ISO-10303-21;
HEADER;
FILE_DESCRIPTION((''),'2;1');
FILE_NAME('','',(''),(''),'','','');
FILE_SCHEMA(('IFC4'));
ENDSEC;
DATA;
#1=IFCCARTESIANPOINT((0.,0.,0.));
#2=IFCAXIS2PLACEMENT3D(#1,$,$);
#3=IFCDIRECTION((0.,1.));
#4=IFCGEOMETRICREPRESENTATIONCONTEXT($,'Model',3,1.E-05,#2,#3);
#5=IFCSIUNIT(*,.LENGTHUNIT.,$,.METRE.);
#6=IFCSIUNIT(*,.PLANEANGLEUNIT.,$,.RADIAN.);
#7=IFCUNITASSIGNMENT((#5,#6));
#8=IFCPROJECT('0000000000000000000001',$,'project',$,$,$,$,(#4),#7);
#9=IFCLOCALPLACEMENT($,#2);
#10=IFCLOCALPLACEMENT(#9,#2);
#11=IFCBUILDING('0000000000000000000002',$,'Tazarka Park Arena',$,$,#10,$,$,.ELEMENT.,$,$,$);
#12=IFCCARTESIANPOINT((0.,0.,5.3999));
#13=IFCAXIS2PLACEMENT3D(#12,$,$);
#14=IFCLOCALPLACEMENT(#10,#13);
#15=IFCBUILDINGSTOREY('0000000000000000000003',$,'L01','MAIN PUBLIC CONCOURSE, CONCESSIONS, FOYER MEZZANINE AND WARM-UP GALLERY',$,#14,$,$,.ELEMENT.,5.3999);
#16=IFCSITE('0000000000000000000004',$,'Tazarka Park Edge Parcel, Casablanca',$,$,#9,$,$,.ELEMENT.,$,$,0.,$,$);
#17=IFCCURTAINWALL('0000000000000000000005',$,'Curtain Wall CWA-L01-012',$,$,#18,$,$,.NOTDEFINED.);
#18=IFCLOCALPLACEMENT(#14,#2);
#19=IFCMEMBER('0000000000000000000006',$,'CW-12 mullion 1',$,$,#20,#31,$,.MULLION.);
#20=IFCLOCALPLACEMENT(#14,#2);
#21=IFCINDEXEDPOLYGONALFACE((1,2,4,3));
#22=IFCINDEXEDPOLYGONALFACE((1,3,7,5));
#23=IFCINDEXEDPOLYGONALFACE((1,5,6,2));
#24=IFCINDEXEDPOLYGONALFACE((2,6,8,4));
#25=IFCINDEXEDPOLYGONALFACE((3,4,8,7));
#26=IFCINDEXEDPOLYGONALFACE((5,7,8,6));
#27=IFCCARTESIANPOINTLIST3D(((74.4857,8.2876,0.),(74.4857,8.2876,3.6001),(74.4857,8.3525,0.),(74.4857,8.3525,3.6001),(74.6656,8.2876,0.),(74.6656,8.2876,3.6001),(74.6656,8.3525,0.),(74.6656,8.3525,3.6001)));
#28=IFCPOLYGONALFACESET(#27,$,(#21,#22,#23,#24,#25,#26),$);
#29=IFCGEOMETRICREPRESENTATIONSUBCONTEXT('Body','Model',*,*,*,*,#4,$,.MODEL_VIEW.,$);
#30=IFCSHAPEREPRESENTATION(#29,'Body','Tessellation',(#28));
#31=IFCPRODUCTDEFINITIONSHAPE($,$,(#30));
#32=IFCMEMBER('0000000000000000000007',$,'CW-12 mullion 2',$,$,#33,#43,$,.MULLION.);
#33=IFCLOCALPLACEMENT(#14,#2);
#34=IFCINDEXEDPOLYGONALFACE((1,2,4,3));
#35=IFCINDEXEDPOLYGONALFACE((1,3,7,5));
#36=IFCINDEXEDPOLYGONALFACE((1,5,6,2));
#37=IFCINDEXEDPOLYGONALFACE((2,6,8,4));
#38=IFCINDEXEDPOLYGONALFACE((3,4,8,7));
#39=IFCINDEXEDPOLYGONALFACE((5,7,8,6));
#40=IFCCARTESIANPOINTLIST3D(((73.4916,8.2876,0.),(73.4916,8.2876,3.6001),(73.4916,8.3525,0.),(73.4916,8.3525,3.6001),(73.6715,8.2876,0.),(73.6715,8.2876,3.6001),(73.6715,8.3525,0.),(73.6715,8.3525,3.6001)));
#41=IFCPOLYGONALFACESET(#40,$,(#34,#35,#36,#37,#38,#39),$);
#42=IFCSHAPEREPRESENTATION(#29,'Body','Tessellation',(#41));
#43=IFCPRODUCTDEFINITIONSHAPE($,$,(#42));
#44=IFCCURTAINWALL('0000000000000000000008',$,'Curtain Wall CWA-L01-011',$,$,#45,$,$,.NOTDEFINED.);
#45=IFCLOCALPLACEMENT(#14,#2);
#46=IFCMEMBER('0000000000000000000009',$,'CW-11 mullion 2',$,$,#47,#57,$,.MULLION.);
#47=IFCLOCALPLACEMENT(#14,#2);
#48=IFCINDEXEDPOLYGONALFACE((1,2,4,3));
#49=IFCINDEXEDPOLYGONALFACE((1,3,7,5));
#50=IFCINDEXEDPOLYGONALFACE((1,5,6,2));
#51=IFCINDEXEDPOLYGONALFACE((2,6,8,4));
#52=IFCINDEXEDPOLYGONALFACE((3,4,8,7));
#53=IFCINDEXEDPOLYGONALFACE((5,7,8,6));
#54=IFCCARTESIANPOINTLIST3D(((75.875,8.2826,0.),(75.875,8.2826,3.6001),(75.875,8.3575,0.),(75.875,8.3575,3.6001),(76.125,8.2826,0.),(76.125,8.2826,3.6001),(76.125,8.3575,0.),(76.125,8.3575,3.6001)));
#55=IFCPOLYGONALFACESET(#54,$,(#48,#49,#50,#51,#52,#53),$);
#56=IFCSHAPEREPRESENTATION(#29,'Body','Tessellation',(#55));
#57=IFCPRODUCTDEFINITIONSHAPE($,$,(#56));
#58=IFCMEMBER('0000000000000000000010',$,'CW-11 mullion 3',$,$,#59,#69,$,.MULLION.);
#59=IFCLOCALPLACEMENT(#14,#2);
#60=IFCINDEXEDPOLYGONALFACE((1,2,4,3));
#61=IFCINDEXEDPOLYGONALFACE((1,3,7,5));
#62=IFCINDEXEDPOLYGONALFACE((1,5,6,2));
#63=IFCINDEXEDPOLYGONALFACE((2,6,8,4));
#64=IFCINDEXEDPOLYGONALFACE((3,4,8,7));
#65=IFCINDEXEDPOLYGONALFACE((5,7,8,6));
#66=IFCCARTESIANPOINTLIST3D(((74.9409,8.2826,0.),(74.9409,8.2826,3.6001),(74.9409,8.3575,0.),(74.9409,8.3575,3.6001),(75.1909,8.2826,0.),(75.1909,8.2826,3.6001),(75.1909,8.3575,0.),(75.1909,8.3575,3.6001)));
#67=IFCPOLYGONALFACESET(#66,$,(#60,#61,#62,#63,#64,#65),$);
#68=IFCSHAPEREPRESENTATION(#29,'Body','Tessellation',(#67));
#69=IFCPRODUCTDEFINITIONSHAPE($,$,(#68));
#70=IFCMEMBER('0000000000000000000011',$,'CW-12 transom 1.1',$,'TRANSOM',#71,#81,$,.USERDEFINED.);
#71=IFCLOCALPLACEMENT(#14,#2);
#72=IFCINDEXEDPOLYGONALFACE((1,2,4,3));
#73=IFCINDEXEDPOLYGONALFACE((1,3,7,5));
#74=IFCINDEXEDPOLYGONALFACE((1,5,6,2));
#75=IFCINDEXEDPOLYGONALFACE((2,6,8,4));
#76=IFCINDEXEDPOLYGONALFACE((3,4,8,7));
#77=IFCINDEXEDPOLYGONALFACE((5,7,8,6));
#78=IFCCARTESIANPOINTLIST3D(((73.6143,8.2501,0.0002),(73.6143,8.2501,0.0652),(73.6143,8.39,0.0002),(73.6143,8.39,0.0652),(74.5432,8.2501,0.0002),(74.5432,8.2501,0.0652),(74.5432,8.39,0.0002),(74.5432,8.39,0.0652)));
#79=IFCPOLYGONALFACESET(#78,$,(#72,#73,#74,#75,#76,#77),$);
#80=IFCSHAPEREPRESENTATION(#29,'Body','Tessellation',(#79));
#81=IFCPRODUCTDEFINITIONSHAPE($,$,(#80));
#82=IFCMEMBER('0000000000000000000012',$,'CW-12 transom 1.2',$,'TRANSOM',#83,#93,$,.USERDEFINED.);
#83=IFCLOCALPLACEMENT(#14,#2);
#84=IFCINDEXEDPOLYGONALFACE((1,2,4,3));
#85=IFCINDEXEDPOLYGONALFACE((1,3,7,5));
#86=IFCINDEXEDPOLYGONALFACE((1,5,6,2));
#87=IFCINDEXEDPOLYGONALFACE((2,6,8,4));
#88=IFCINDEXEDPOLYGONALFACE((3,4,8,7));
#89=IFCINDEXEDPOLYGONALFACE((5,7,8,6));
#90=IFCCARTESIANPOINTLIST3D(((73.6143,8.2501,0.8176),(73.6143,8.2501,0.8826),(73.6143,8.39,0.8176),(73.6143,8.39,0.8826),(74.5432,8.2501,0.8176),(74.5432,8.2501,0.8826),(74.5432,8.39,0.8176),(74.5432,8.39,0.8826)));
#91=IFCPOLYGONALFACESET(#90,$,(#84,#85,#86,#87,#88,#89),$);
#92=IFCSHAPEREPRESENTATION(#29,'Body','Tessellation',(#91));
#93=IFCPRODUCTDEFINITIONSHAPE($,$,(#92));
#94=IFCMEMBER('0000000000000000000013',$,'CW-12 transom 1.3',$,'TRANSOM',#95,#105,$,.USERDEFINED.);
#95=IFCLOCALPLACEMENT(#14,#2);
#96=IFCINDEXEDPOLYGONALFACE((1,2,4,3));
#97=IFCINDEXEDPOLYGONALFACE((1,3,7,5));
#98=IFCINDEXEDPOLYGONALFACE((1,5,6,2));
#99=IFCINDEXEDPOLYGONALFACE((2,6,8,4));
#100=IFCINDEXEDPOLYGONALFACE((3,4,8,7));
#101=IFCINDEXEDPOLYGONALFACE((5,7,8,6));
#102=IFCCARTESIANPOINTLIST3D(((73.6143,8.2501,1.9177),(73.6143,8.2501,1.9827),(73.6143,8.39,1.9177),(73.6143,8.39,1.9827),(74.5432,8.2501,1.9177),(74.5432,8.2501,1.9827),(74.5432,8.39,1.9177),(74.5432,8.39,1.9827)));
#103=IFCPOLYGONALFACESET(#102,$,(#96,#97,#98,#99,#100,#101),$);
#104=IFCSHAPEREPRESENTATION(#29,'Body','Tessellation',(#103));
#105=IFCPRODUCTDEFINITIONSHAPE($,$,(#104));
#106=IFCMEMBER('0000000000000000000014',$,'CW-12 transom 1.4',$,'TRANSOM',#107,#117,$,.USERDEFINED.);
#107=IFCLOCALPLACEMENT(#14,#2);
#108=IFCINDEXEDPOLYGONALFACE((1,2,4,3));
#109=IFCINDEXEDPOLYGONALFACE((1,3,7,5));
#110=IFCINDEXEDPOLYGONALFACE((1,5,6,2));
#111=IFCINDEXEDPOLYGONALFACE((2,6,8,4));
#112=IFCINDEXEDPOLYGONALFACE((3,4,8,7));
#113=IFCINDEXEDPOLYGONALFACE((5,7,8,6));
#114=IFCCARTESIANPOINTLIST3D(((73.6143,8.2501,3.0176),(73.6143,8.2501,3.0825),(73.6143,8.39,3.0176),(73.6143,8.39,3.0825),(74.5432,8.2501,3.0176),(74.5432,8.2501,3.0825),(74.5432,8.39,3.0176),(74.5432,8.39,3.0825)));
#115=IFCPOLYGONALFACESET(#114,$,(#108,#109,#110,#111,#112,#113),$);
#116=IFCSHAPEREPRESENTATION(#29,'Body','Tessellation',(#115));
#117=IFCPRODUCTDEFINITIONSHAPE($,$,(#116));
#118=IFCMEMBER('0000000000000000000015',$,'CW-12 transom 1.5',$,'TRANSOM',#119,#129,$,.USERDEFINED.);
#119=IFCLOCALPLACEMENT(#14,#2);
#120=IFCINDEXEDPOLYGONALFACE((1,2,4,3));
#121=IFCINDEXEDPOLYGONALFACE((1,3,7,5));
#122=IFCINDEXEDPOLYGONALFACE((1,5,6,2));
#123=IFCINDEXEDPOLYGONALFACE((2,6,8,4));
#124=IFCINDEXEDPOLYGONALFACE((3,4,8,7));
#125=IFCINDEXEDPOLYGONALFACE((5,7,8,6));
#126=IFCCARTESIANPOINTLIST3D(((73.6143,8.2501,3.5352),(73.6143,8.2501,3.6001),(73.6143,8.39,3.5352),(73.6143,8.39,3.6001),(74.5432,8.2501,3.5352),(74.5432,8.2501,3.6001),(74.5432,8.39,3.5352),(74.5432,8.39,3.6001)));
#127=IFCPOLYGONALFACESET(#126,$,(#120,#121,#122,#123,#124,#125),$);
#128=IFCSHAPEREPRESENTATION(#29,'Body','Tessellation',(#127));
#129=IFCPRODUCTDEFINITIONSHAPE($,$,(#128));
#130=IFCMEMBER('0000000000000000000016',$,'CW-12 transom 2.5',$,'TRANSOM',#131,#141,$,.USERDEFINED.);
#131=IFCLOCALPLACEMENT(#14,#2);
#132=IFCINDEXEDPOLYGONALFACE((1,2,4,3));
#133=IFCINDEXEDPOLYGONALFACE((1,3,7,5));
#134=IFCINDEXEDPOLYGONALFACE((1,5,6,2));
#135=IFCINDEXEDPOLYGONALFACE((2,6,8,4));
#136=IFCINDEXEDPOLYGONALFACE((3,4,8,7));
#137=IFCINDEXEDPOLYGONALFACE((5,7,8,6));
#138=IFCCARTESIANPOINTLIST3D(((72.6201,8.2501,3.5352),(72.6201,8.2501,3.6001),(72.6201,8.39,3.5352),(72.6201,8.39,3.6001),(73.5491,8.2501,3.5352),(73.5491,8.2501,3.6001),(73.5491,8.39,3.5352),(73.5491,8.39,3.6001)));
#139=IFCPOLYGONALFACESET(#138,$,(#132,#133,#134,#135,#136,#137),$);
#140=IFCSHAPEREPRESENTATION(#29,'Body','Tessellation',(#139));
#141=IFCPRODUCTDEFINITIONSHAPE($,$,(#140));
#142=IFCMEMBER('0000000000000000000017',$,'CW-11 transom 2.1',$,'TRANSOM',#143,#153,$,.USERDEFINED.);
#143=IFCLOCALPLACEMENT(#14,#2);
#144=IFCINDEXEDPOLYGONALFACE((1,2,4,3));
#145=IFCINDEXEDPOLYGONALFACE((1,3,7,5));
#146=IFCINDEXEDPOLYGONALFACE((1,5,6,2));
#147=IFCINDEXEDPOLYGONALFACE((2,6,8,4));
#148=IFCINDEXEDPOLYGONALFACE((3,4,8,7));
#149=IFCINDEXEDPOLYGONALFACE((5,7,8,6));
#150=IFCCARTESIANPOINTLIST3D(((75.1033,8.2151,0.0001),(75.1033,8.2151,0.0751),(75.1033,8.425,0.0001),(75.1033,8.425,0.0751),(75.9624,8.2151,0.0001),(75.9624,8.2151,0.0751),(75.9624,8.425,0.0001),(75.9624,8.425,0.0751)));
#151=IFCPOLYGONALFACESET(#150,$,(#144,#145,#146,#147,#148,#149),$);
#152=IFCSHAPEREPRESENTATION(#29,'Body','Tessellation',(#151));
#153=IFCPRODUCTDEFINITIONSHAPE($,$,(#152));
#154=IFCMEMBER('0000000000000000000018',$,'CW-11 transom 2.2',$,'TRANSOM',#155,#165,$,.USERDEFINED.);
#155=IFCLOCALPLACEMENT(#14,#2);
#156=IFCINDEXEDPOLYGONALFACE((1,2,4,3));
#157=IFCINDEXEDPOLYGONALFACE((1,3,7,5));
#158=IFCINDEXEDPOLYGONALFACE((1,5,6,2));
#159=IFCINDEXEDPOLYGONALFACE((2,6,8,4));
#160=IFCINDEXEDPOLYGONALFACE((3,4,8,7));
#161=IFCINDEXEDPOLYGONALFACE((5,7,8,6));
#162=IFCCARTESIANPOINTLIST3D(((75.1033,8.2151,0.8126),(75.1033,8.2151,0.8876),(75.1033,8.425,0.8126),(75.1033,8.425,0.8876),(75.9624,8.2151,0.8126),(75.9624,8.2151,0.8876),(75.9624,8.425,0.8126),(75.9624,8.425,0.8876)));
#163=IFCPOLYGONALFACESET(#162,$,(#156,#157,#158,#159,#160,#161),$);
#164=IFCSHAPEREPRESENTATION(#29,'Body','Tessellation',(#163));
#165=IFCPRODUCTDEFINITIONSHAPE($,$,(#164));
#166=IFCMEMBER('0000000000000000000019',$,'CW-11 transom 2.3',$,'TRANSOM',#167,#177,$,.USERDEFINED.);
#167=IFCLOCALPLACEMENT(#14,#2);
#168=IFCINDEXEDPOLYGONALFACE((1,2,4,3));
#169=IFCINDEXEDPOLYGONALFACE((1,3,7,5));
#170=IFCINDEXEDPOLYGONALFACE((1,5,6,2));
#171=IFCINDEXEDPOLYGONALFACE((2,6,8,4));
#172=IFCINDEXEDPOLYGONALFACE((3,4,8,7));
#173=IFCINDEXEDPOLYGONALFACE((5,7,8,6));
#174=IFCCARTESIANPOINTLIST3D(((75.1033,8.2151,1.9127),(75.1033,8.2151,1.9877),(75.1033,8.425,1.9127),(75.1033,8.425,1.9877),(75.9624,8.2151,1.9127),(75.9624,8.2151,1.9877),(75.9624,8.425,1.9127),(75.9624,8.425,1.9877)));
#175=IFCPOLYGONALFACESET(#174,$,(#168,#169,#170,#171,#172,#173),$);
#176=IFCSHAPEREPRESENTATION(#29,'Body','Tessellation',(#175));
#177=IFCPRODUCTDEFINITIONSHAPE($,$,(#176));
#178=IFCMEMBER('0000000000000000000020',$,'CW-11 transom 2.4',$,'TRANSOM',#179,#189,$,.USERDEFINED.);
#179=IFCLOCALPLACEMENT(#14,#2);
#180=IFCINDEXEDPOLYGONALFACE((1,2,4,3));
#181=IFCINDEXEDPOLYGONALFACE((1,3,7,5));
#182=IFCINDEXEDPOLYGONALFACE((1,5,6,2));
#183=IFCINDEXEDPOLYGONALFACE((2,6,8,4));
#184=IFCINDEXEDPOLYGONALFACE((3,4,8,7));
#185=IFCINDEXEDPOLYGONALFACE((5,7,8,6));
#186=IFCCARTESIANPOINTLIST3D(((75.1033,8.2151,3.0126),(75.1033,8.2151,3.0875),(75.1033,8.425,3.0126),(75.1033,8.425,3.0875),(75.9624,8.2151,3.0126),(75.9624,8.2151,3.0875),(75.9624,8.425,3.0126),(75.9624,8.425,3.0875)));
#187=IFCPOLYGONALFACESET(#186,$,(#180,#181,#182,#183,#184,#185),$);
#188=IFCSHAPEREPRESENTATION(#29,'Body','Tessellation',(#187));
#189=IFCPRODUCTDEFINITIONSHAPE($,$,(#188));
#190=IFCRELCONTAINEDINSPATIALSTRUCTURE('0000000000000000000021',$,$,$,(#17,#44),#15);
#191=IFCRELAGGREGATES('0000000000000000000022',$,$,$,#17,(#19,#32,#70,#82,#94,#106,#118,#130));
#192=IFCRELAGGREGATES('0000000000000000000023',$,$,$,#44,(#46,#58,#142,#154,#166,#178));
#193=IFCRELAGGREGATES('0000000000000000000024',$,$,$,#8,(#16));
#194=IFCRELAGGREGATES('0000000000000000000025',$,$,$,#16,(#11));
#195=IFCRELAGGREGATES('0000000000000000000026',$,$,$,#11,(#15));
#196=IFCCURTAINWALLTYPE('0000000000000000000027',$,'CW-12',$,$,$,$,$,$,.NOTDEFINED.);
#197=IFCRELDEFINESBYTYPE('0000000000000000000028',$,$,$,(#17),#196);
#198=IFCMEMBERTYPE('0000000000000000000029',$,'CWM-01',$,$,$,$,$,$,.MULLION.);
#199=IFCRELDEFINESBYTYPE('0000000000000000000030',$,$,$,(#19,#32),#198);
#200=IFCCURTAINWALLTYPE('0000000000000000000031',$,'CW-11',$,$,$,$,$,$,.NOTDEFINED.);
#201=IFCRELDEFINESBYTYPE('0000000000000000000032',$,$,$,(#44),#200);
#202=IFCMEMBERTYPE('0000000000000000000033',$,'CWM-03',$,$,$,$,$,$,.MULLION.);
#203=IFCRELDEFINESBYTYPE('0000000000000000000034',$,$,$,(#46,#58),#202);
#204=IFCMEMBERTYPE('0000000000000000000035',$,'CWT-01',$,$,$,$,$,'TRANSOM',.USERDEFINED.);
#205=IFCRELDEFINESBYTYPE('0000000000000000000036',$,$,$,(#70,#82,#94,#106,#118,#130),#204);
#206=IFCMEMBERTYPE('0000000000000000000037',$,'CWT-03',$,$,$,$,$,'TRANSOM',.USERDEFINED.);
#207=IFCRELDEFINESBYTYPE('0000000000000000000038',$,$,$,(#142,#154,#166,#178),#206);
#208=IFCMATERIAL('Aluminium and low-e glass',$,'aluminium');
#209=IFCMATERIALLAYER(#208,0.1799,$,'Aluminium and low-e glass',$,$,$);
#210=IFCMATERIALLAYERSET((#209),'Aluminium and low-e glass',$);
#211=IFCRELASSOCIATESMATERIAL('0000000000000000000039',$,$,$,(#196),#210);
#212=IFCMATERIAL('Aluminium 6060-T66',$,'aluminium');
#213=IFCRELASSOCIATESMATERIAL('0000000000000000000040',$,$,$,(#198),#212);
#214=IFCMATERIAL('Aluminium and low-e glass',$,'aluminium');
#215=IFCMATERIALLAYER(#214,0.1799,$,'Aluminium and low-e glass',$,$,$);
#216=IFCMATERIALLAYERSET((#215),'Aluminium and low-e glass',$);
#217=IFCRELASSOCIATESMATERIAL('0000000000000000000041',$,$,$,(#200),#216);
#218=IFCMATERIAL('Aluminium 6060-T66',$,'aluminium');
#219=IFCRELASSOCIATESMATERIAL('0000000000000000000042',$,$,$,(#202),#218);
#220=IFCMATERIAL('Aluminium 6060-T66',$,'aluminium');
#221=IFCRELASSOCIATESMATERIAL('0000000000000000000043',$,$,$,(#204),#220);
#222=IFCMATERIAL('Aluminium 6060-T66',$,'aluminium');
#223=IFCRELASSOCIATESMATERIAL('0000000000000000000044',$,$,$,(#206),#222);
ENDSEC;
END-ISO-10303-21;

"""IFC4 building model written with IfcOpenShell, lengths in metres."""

from ifc_helpers import new_model, si_unit, direction, frame, origin, origin_2d, place, context, subcontext, project, spatial, rectangle, extrude, material, layer, layer_set, material_profile, profile_set, type_object, element, aggregate, save


model = new_model("IFC4")

# Units and contexts
model_context = context("Model", 3, precision=1e-05, world=origin(), true_north=direction((0.0, 1.0)))
body_context = subcontext(model_context, "Body", "Model", "MODEL_VIEW")
ifc_project = project(units=[si_unit("LENGTHUNIT", "METRE"), si_unit("PLANEANGLEUNIT", "RADIAN")], contexts=[model_context])

# Site, building, storey
site_placement = place(None, origin())
site = spatial("IfcSite", under=ifc_project, at=site_placement, Name="Tazarka Park Edge Parcel, Casablanca", CompositionType="ELEMENT", RefElevation=0.0)
building_placement = place(site_placement, origin())
building = spatial("IfcBuilding", under=site, at=building_placement, Name="Tazarka Park Arena", CompositionType="ELEMENT")
storey_placement = place(building_placement, frame((0.0, 0.0, 5.3999)))
storey = spatial("IfcBuildingStorey", under=building, at=storey_placement, Name="L01", Description="MAIN PUBLIC CONCOURSE, CONCESSIONS, FOYER MEZZANINE AND WARM-UP GALLERY", CompositionType="ELEMENT", Elevation=5.3999)

# Curtain walls, members
ifc_material_1 = material(Name="Aluminium and low-e glass", Category="aluminium")
ifc_layer_1 = layer(ifc_material_1, 0.1799, Name="Aluminium and low-e glass")
ifc_layer_set_1 = layer_set([ifc_layer_1], Name="Aluminium and low-e glass")
curtain_wall_type_1 = type_object("IfcCurtainWallType", Name="CW-12", PredefinedType="NOTDEFINED", material=ifc_layer_set_1)
curtain_wall_1_placement = place(storey_placement, origin())
curtain_wall_1 = element("IfcCurtainWall", 1, at=curtain_wall_1_placement, inside=storey, type_object=curtain_wall_type_1, Name="Curtain Wall CWA-L01-012", PredefinedType="NOTDEFINED")
ifc_material_2 = material(Name="Aluminium 6060-T66", Category="aluminium")
ifc_material_profile_1 = material_profile(ifc_material_2, rectangle(XDim=0.0649, YDim=0.1799, at=origin_2d()), Name="Aluminium 6060-T66")
ifc_profile_set_1 = profile_set([ifc_material_profile_1], Name="Aluminium 6060-T66")
member_type_1 = type_object("IfcMemberType", Name="CWM-01", PredefinedType="MULLION", material=ifc_profile_set_1)
member_1_placement = place(storey_placement, frame((74.5757, 8.3201, 0.0), z_axis=(0.0, 0.0, 1.0), x_axis=(0.0, -1.0, 0.0)))
member_1 = element("IfcMember", 2, at=member_1_placement, type_object=member_type_1, Name="CW-12 mullion 1", PredefinedType="MULLION", context=body_context, shape_type="SweptSolid", body=[
    extrude(rectangle(XDim=0.0649, YDim=0.1799, at=origin_2d()), origin(), (0.0, 0.0, 1.0), 3.6001),
])
member_2_placement = place(storey_placement, frame((73.5815, 8.3201, 0.0), z_axis=(0.0, 0.0, 1.0), x_axis=(0.0, -1.0, 0.0)))
member_2 = element("IfcMember", 3, at=member_2_placement, type_object=member_type_1, Name="CW-12 mullion 2", PredefinedType="MULLION", context=body_context, shape_type="SweptSolid", body=[
    extrude(rectangle(XDim=0.0649, YDim=0.1799, at=origin_2d()), origin(), (0.0, 0.0, 1.0), 3.6001),
])
ifc_material_3 = material(Name="Aluminium and low-e glass", Category="aluminium")
ifc_layer_2 = layer(ifc_material_3, 0.1799, Name="Aluminium and low-e glass")
ifc_layer_set_2 = layer_set([ifc_layer_2], Name="Aluminium and low-e glass")
curtain_wall_type_2 = type_object("IfcCurtainWallType", Name="CW-11", PredefinedType="NOTDEFINED", material=ifc_layer_set_2)
curtain_wall_2_placement = place(storey_placement, origin())
curtain_wall_2 = element("IfcCurtainWall", 4, at=curtain_wall_2_placement, inside=storey, type_object=curtain_wall_type_2, Name="Curtain Wall CWA-L01-011", PredefinedType="NOTDEFINED")
ifc_material_4 = material(Name="Aluminium 6060-T66", Category="aluminium")
ifc_material_profile_2 = material_profile(ifc_material_4, rectangle(XDim=0.075, YDim=0.25, at=origin_2d()), Name="Aluminium 6060-T66")
ifc_profile_set_2 = profile_set([ifc_material_profile_2], Name="Aluminium 6060-T66")
member_type_2 = type_object("IfcMemberType", Name="CWM-03", PredefinedType="MULLION", material=ifc_profile_set_2)
member_3_placement = place(storey_placement, frame((76.0, 8.3201, 0.0), z_axis=(0.0, 0.0, 1.0), x_axis=(0.0, -1.0, 0.0)))
member_3 = element("IfcMember", 5, at=member_3_placement, type_object=member_type_2, Name="CW-11 mullion 2", PredefinedType="MULLION", context=body_context, shape_type="SweptSolid", body=[
    extrude(rectangle(XDim=0.075, YDim=0.25, at=origin_2d()), origin(), (0.0, 0.0, 1.0), 3.6001),
])
member_4_placement = place(storey_placement, frame((75.0659, 8.3201, 0.0), z_axis=(0.0, 0.0, 1.0), x_axis=(0.0, -1.0, 0.0)))
member_4 = element("IfcMember", 6, at=member_4_placement, type_object=member_type_2, Name="CW-11 mullion 3", PredefinedType="MULLION", context=body_context, shape_type="SweptSolid", body=[
    extrude(rectangle(XDim=0.075, YDim=0.25, at=origin_2d()), origin(), (0.0, 0.0, 1.0), 3.6001),
])

# Members
ifc_material_5 = material(Name="Aluminium 6060-T66", Category="aluminium")
ifc_material_profile_3 = material_profile(ifc_material_5, rectangle(XDim=0.1399, YDim=0.0649, at=origin_2d()), Name="Aluminium 6060-T66")
ifc_profile_set_3 = profile_set([ifc_material_profile_3], Name="Aluminium 6060-T66")
member_type_3 = type_object("IfcMemberType", Name="CWT-01", ElementType="TRANSOM", PredefinedType="USERDEFINED", material=ifc_profile_set_3)
member_5_placement = place(storey_placement, frame((74.5432, 8.3201, 0.0327), z_axis=(-1.0, 0.0, 0.0), x_axis=(0.0, -1.0, 0.0)))
member_5 = element("IfcMember", 7, at=member_5_placement, type_object=member_type_3, Name="CW-12 transom 1.1", ObjectType="TRANSOM", PredefinedType="USERDEFINED", context=body_context, shape_type="SweptSolid", body=[
    extrude(rectangle(XDim=0.1399, YDim=0.0649, at=origin_2d()), origin(), (0.0, 0.0, 1.0), 0.929),
])
member_6_placement = place(storey_placement, frame((74.5432, 8.3201, 0.8501), z_axis=(-1.0, 0.0, 0.0), x_axis=(0.0, -1.0, 0.0)))
member_6 = element("IfcMember", 8, at=member_6_placement, type_object=member_type_3, Name="CW-12 transom 1.2", ObjectType="TRANSOM", PredefinedType="USERDEFINED", context=body_context, shape_type="SweptSolid", body=[
    extrude(rectangle(XDim=0.1399, YDim=0.0649, at=origin_2d()), origin(), (0.0, 0.0, 1.0), 0.929),
])
member_7_placement = place(storey_placement, frame((74.5432, 8.3201, 1.9502), z_axis=(-1.0, 0.0, 0.0), x_axis=(0.0, -1.0, 0.0)))
member_7 = element("IfcMember", 9, at=member_7_placement, type_object=member_type_3, Name="CW-12 transom 1.3", ObjectType="TRANSOM", PredefinedType="USERDEFINED", context=body_context, shape_type="SweptSolid", body=[
    extrude(rectangle(XDim=0.1399, YDim=0.0649, at=origin_2d()), origin(), (0.0, 0.0, 1.0), 0.929),
])
member_8_placement = place(storey_placement, frame((74.5432, 8.3201, 3.05), z_axis=(-1.0, 0.0, 0.0), x_axis=(0.0, -1.0, 0.0)))
member_8 = element("IfcMember", 10, at=member_8_placement, type_object=member_type_3, Name="CW-12 transom 1.4", ObjectType="TRANSOM", PredefinedType="USERDEFINED", context=body_context, shape_type="SweptSolid", body=[
    extrude(rectangle(XDim=0.1399, YDim=0.0649, at=origin_2d()), origin(), (0.0, 0.0, 1.0), 0.929),
])
member_9_placement = place(storey_placement, frame((74.5432, 8.3201, 3.5676), z_axis=(-1.0, 0.0, 0.0), x_axis=(0.0, -1.0, 0.0)))
member_9 = element("IfcMember", 11, at=member_9_placement, type_object=member_type_3, Name="CW-12 transom 1.5", ObjectType="TRANSOM", PredefinedType="USERDEFINED", context=body_context, shape_type="SweptSolid", body=[
    extrude(rectangle(XDim=0.1399, YDim=0.0649, at=origin_2d()), origin(), (0.0, 0.0, 1.0), 0.929),
])
member_10_placement = place(storey_placement, frame((73.5491, 8.3201, 3.5676), z_axis=(-1.0, 0.0, 0.0), x_axis=(0.0, -1.0, 0.0)))
member_10 = element("IfcMember", 12, at=member_10_placement, type_object=member_type_3, Name="CW-12 transom 2.5", ObjectType="TRANSOM", PredefinedType="USERDEFINED", context=body_context, shape_type="SweptSolid", body=[
    extrude(rectangle(XDim=0.1399, YDim=0.0649, at=origin_2d()), origin(), (0.0, 0.0, 1.0), 0.929),
])
ifc_material_6 = material(Name="Aluminium 6060-T66", Category="aluminium")
ifc_material_profile_4 = material_profile(ifc_material_6, rectangle(XDim=0.21, YDim=0.075, at=origin_2d()), Name="Aluminium 6060-T66")
ifc_profile_set_4 = profile_set([ifc_material_profile_4], Name="Aluminium 6060-T66")
member_type_4 = type_object("IfcMemberType", Name="CWT-03", ElementType="TRANSOM", PredefinedType="USERDEFINED", material=ifc_profile_set_4)
member_11_placement = place(storey_placement, frame((75.9624, 8.3201, 0.0376), z_axis=(-1.0, 0.0, 0.0), x_axis=(0.0, -1.0, 0.0)))
member_11 = element("IfcMember", 13, at=member_11_placement, type_object=member_type_4, Name="CW-11 transom 2.1", ObjectType="TRANSOM", PredefinedType="USERDEFINED", context=body_context, shape_type="SweptSolid", body=[
    extrude(rectangle(XDim=0.21, YDim=0.075, at=origin_2d()), origin(), (0.0, 0.0, 1.0), 0.8591),
])
member_12_placement = place(storey_placement, frame((75.9624, 8.3201, 0.8501), z_axis=(-1.0, 0.0, 0.0), x_axis=(0.0, -1.0, 0.0)))
member_12 = element("IfcMember", 14, at=member_12_placement, type_object=member_type_4, Name="CW-11 transom 2.2", ObjectType="TRANSOM", PredefinedType="USERDEFINED", context=body_context, shape_type="SweptSolid", body=[
    extrude(rectangle(XDim=0.21, YDim=0.075, at=origin_2d()), origin(), (0.0, 0.0, 1.0), 0.8591),
])
member_13_placement = place(storey_placement, frame((75.9624, 8.3201, 1.9502), z_axis=(-1.0, 0.0, 0.0), x_axis=(0.0, -1.0, 0.0)))
member_13 = element("IfcMember", 15, at=member_13_placement, type_object=member_type_4, Name="CW-11 transom 2.3", ObjectType="TRANSOM", PredefinedType="USERDEFINED", context=body_context, shape_type="SweptSolid", body=[
    extrude(rectangle(XDim=0.21, YDim=0.075, at=origin_2d()), origin(), (0.0, 0.0, 1.0), 0.8591),
])
member_14_placement = place(storey_placement, frame((75.9624, 8.3201, 3.05), z_axis=(-1.0, 0.0, 0.0), x_axis=(0.0, -1.0, 0.0)))
member_14 = element("IfcMember", 16, at=member_14_placement, type_object=member_type_4, Name="CW-11 transom 2.4", ObjectType="TRANSOM", PredefinedType="USERDEFINED", context=body_context, shape_type="SweptSolid", body=[
    extrude(rectangle(XDim=0.21, YDim=0.075, at=origin_2d()), origin(), (0.0, 0.0, 1.0), 0.8591),
])

aggregate(curtain_wall_1, [member_1, member_2, member_5, member_6, member_7, member_8, member_9, member_10])
aggregate(curtain_wall_2, [member_3, member_4, member_11, member_12, member_13, member_14])

save(model, "model.ifc")
